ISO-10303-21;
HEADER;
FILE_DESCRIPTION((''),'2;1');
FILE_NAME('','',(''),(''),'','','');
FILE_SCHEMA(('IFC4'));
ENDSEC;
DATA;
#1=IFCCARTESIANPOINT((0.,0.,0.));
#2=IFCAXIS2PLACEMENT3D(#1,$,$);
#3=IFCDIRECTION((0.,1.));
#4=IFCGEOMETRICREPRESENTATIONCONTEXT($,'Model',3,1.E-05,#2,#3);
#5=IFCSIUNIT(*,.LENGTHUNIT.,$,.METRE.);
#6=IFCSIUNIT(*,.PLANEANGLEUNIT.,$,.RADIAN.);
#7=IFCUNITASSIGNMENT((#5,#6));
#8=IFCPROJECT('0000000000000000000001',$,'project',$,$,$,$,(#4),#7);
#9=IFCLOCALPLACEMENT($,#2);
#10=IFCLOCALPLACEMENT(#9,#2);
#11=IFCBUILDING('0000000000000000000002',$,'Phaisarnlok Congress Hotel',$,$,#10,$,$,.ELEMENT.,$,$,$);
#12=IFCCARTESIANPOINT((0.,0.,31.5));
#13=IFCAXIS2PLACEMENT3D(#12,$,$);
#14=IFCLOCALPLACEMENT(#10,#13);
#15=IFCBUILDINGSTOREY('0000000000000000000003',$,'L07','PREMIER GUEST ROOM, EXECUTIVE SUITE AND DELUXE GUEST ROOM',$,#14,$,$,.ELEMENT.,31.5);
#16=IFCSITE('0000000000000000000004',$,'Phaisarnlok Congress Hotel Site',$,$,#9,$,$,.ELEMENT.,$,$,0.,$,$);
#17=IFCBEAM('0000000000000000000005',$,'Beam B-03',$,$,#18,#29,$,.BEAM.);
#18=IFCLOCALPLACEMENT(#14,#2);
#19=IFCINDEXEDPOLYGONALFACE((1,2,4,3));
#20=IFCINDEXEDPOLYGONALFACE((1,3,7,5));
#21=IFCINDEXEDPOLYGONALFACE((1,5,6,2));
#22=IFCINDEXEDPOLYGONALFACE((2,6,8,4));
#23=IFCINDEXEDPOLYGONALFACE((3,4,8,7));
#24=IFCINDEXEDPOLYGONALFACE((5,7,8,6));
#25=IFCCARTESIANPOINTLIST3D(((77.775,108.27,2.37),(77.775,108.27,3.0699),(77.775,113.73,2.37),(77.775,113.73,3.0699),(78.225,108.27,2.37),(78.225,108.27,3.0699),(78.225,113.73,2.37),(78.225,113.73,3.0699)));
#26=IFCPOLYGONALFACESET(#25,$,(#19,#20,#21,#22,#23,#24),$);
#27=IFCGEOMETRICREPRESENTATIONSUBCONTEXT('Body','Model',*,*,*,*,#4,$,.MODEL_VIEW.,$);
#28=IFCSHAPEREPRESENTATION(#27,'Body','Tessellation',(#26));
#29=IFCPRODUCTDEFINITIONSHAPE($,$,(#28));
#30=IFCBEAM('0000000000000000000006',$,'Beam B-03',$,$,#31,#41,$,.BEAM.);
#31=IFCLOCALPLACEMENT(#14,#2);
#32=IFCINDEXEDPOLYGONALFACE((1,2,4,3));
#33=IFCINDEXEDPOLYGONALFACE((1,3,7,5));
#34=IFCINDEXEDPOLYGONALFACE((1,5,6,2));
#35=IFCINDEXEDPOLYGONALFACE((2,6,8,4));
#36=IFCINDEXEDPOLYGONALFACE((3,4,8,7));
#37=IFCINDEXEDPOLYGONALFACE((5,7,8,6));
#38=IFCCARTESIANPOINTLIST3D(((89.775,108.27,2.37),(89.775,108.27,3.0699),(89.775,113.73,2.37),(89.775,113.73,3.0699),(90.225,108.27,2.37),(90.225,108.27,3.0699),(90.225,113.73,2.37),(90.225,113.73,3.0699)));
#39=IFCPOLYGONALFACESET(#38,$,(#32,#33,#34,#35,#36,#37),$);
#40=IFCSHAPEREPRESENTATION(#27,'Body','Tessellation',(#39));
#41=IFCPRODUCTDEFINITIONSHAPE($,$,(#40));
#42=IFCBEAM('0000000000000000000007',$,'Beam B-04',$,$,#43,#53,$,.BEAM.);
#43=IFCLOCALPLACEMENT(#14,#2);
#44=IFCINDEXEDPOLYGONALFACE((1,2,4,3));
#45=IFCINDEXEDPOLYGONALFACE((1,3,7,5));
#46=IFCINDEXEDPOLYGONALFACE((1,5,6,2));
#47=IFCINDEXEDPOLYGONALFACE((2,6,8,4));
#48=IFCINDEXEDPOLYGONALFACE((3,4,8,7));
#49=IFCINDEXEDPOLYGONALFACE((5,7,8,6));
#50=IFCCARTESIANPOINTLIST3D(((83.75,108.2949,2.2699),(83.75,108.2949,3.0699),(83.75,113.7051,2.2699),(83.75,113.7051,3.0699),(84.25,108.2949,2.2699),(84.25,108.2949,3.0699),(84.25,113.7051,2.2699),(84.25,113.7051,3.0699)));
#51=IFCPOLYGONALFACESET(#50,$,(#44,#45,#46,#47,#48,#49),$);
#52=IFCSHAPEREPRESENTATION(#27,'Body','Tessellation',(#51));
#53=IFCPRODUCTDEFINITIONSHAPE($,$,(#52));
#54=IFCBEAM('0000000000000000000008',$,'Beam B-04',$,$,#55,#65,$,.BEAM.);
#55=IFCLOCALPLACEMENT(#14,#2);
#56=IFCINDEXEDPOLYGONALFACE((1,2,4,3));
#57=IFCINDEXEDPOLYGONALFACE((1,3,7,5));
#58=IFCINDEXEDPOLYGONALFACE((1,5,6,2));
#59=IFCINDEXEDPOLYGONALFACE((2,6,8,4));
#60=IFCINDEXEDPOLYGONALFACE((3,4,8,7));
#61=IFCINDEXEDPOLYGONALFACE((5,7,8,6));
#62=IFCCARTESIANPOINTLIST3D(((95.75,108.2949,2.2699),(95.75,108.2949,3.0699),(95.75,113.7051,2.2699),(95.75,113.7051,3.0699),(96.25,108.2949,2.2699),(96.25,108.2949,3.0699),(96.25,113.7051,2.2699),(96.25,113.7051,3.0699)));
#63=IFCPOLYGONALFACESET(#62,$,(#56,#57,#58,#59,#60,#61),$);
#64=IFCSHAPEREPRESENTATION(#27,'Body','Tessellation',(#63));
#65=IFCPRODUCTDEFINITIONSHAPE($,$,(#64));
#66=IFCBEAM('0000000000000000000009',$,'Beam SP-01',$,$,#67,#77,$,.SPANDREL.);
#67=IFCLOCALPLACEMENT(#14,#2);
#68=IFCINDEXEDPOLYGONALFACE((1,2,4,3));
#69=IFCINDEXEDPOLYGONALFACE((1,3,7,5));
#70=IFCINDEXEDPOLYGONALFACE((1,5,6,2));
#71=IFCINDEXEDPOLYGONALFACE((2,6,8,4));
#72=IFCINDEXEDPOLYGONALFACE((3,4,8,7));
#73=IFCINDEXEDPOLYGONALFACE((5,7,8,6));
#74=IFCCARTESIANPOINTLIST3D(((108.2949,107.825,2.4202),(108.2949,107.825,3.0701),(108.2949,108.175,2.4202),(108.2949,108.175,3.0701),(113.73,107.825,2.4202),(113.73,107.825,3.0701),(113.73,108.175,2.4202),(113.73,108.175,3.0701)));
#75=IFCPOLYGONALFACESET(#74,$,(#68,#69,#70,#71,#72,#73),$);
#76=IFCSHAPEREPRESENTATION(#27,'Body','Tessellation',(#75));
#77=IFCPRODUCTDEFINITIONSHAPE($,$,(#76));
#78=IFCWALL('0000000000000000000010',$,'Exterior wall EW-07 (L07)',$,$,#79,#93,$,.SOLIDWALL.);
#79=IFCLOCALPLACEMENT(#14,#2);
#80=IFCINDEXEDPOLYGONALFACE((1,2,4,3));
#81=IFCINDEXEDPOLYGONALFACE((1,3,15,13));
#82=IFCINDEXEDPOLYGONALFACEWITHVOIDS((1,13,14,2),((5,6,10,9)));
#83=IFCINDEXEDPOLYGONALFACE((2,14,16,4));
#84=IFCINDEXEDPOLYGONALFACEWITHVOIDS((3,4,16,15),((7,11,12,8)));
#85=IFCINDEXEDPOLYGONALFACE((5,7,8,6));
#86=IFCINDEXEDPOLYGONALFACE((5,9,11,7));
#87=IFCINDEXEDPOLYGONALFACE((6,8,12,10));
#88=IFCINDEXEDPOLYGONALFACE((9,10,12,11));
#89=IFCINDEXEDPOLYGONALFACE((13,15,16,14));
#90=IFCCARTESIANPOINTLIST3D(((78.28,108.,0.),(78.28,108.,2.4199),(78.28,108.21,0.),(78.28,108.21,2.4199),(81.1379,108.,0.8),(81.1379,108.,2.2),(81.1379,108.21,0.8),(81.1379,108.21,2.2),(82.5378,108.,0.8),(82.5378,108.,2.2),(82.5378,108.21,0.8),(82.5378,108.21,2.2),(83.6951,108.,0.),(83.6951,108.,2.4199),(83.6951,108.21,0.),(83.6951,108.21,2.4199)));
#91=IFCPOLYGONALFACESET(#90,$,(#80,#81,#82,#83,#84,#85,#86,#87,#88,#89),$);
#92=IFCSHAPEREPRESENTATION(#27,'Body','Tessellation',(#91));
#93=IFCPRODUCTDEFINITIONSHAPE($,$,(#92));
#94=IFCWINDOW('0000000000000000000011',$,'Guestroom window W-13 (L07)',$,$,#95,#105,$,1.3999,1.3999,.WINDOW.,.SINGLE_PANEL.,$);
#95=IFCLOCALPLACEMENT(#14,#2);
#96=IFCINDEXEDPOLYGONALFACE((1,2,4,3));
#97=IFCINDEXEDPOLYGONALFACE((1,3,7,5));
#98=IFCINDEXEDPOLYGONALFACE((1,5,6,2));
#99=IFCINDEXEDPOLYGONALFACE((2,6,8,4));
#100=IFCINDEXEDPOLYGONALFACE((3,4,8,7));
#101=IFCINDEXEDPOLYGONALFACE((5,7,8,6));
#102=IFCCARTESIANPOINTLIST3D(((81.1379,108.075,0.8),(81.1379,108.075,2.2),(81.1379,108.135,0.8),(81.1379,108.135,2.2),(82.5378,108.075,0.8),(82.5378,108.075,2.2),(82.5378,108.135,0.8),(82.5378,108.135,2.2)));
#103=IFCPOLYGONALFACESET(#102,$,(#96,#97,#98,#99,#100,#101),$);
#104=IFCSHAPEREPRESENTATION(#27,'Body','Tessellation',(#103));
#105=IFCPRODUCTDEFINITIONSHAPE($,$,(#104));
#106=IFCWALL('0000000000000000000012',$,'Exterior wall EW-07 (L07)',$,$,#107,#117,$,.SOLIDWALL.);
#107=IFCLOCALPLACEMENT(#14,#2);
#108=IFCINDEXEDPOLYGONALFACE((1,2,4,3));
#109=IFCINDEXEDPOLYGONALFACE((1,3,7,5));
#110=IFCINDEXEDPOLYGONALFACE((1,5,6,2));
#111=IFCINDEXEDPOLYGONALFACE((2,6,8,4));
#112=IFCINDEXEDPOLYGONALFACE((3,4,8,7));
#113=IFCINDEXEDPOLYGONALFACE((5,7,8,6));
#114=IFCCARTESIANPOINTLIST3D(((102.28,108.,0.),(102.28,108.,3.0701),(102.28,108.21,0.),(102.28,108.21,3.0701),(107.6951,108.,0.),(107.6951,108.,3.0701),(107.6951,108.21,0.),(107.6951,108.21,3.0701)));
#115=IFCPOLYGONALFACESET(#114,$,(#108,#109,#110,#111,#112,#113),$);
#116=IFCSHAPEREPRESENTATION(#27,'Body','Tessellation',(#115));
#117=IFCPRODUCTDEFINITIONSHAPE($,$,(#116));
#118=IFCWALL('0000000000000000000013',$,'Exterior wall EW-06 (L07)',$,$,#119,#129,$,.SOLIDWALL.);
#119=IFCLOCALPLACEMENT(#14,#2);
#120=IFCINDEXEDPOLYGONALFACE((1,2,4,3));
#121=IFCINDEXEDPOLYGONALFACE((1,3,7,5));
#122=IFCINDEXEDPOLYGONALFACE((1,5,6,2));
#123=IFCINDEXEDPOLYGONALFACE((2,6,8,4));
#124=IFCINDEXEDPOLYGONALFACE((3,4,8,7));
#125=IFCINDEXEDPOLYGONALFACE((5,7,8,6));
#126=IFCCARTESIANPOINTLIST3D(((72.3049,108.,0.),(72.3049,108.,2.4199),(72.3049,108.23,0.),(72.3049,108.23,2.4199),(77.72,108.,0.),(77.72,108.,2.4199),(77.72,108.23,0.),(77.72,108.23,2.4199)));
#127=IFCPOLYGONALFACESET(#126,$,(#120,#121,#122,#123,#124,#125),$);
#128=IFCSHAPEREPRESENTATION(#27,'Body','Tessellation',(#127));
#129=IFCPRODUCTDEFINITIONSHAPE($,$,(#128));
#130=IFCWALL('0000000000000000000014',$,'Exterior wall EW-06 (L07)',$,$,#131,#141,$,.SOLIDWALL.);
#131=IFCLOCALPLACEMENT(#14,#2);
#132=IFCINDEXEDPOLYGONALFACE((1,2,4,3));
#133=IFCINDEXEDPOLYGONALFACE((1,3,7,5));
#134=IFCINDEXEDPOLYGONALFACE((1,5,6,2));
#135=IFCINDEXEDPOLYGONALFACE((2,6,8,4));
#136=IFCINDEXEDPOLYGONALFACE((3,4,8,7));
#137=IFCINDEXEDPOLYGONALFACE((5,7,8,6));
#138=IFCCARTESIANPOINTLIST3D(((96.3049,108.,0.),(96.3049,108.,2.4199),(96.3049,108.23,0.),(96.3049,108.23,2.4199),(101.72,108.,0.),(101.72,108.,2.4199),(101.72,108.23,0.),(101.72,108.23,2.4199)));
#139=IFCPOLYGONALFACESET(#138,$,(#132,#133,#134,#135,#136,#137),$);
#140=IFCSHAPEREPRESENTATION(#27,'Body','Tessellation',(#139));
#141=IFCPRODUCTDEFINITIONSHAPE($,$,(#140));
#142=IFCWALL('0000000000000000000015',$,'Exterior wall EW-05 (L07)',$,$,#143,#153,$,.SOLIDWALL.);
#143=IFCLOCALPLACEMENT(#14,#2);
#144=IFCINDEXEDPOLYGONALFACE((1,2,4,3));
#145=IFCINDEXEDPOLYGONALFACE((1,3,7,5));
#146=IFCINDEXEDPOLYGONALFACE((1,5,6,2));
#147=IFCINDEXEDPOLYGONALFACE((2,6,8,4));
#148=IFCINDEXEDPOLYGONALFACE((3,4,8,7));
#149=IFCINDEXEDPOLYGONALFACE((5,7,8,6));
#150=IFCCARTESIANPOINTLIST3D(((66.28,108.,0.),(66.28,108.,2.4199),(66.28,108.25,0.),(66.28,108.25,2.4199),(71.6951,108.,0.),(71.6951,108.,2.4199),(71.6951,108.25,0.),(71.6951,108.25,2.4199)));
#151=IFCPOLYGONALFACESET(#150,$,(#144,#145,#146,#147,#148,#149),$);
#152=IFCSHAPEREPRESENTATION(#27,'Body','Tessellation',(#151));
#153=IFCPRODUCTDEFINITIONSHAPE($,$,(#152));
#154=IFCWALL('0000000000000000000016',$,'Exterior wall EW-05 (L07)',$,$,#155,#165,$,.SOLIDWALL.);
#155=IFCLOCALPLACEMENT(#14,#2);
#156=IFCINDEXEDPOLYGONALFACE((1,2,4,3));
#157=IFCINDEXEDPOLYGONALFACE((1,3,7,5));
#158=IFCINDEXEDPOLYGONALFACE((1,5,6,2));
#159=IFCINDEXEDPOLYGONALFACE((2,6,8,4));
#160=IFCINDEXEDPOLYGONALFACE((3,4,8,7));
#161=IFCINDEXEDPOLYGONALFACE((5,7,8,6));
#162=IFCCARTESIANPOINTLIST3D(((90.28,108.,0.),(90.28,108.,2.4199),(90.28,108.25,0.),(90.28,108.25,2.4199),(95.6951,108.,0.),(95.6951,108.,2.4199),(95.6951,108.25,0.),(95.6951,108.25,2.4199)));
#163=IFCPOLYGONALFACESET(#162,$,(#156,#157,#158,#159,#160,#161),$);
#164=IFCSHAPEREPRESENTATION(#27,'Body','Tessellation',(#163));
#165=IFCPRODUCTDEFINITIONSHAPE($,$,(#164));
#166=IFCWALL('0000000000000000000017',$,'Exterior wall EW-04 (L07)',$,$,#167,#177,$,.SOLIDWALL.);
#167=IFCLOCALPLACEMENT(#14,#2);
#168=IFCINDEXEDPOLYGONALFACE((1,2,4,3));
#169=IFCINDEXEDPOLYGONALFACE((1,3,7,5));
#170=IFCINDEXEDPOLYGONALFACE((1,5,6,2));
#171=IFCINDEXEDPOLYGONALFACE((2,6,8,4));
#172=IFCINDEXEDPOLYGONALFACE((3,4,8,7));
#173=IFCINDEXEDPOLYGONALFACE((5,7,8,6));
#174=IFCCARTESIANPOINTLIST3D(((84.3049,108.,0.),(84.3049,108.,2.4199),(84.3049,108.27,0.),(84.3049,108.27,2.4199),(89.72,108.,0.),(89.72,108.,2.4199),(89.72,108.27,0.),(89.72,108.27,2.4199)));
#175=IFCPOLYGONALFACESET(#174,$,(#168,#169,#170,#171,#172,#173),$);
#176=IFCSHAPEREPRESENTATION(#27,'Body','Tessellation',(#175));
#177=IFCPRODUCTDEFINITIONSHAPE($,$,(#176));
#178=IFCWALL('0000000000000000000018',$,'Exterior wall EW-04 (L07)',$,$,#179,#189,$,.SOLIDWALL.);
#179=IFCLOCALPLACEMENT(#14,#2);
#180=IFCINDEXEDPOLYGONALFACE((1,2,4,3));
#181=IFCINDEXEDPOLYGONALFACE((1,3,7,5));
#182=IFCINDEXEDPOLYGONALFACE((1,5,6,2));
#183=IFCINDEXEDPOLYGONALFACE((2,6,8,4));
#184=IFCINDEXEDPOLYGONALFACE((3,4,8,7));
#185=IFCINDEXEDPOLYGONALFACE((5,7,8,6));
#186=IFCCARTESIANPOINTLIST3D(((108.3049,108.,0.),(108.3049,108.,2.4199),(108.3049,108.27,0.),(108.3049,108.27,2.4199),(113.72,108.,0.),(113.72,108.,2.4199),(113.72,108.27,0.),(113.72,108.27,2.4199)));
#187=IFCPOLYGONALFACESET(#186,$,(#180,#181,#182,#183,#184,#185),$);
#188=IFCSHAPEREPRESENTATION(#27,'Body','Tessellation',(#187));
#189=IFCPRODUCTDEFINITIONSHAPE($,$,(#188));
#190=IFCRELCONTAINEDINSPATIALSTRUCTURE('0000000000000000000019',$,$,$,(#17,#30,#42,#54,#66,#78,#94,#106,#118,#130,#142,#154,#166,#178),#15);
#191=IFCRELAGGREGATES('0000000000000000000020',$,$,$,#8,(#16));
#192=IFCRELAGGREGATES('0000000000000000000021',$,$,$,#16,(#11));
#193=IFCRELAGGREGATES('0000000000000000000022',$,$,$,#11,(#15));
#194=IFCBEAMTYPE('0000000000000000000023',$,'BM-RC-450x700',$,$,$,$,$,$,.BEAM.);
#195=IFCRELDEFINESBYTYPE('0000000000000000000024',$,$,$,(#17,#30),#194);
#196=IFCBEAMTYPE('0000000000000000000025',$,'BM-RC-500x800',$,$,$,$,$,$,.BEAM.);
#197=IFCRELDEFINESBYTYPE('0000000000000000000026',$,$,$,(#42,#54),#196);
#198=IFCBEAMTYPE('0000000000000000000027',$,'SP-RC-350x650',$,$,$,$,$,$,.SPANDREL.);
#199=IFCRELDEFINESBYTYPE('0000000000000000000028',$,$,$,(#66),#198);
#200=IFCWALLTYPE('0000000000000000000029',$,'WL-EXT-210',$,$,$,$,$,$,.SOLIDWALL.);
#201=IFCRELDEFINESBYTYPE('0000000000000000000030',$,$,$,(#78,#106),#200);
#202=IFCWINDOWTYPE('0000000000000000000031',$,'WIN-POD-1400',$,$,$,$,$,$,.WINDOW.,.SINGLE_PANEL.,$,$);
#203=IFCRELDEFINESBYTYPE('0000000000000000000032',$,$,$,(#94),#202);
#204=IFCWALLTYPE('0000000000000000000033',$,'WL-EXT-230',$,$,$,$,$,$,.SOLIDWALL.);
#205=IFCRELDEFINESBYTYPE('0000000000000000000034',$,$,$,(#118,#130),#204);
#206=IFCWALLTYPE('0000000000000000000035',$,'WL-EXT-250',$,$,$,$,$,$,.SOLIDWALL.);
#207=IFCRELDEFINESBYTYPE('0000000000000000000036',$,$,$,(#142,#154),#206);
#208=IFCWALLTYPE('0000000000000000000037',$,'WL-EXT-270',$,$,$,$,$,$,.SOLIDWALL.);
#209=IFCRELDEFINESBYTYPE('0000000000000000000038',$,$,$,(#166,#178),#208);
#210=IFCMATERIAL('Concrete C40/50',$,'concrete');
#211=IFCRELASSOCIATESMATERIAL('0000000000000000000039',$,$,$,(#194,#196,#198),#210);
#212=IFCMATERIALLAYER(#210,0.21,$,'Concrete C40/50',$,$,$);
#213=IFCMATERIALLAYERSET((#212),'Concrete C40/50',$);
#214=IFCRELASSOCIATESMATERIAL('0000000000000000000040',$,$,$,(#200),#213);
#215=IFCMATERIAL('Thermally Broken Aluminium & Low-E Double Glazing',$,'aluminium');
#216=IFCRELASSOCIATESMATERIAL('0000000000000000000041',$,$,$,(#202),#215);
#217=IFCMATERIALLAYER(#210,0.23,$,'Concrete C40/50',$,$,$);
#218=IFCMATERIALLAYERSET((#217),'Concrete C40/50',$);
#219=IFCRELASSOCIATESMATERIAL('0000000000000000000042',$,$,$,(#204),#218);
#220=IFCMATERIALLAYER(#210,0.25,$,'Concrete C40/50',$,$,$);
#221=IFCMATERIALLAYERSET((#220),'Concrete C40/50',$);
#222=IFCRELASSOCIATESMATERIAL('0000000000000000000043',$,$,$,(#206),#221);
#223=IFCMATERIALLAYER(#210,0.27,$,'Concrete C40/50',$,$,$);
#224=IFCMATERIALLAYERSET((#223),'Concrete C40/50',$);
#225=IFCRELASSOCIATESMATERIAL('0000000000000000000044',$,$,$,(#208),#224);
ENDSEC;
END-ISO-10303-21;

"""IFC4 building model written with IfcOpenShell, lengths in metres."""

from ifc_helpers import new_model, si_unit, direction, frame, frame_2d, origin, origin_2d, place, context, subcontext, project, spatial, rectangle, extrude, material, layer, layer_set, material_profile, profile_set, type_object, element, fill, save


model = new_model("IFC4")

# Units and contexts
model_context = context("Model", 3, precision=1e-05, world=origin(), true_north=direction((0.0, 1.0)))
body_context = subcontext(model_context, "Body", "Model", "MODEL_VIEW")
ifc_project = project(units=[si_unit("LENGTHUNIT", "METRE"), si_unit("PLANEANGLEUNIT", "RADIAN")], contexts=[model_context])

# Site, building, storey
site_placement = place(None, origin())
site = spatial("IfcSite", under=ifc_project, at=site_placement, Name="Phaisarnlok Congress Hotel Site", CompositionType="ELEMENT", RefElevation=0.0)
building_placement = place(site_placement, origin())
building = spatial("IfcBuilding", under=site, at=building_placement, Name="Phaisarnlok Congress Hotel", CompositionType="ELEMENT")
storey_placement = place(building_placement, frame((0.0, 0.0, 31.5)))
storey = spatial("IfcBuildingStorey", under=building, at=storey_placement, Name="L07", Description="PREMIER GUEST ROOM, EXECUTIVE SUITE AND DELUXE GUEST ROOM", CompositionType="ELEMENT", Elevation=31.5)

# Beams
ifc_material_1 = material(Name="Concrete C40/50", Category="concrete")
ifc_material_profile_1 = material_profile(ifc_material_1, rectangle(XDim=0.45, YDim=0.7, at=origin_2d()), Name="RC 450x700")
ifc_profile_set_1 = profile_set([ifc_material_profile_1], Name="Concrete C40/50")
beam_type_1 = type_object("IfcBeamType", Name="BM-RC-450x700", PredefinedType="BEAM", material=ifc_profile_set_1)
for number, where, z_axis, x_axis, name in (
    (1, (78.0, 108.27, 2.72), (0.0, 1.0, 0.0), (-1.0, 0.0, 0.0), "Beam B-03"),
    (2, (90.0, 108.27, 2.72), (0.0, 1.0, 0.0), (-1.0, 0.0, 0.0), "Beam B-03"),
):
    element("IfcBeam", number, at=place(storey_placement, frame(where, z_axis=z_axis, x_axis=x_axis)), inside=storey, type_object=beam_type_1, Name=name, PredefinedType="BEAM", context=body_context, shape_type="SweptSolid", body=[
        extrude(rectangle(XDim=0.45, YDim=0.7, at=origin_2d()), origin(), (0.0, 0.0, 1.0), 5.46),
    ])
ifc_material_profile_2 = material_profile(ifc_material_1, rectangle(XDim=0.5, YDim=0.8, at=origin_2d()), Name="RC 500x800")
ifc_profile_set_2 = profile_set([ifc_material_profile_2], Name="Concrete C40/50")
beam_type_2 = type_object("IfcBeamType", Name="BM-RC-500x800", PredefinedType="BEAM", material=ifc_profile_set_2)
for number, where, z_axis, x_axis, name in (
    (3, (84.0, 108.2949, 2.6699), (0.0, 1.0, 0.0), (-1.0, 0.0, 0.0), "Beam B-04"),
    (4, (96.0, 108.2949, 2.6699), (0.0, 1.0, 0.0), (-1.0, 0.0, 0.0), "Beam B-04"),
):
    element("IfcBeam", number, at=place(storey_placement, frame(where, z_axis=z_axis, x_axis=x_axis)), inside=storey, type_object=beam_type_2, Name=name, PredefinedType="BEAM", context=body_context, shape_type="SweptSolid", body=[
        extrude(rectangle(XDim=0.5, YDim=0.8, at=origin_2d()), origin(), (0.0, 0.0, 1.0), 5.4102),
    ])
ifc_material_profile_3 = material_profile(ifc_material_1, rectangle(XDim=0.3501, YDim=0.6499, at=origin_2d()), Name="RC 350x650")
ifc_profile_set_3 = profile_set([ifc_material_profile_3], Name="Concrete C40/50")
beam_type_3 = type_object("IfcBeamType", Name="SP-RC-350x650", PredefinedType="SPANDREL", material=ifc_profile_set_3)
beam_placement = place(storey_placement, frame((108.2949, 108.0, 2.7451), z_axis=(1.0, 0.0, 0.0), x_axis=(0.0, 1.0, 0.0)))
element("IfcBeam", 5, at=beam_placement, inside=storey, type_object=beam_type_3, Name="Beam SP-01", PredefinedType="SPANDREL", context=body_context, shape_type="SweptSolid", body=[
    extrude(rectangle(XDim=0.3501, YDim=0.6499, at=origin_2d()), origin(), (0.0, 0.0, 1.0), 5.4351),
])

# Wall, opening, window
ifc_layer_1 = layer(ifc_material_1, 0.21, Name="Concrete C40/50")
ifc_layer_set_1 = layer_set([ifc_layer_1], Name="Concrete C40/50")
wall_type_1 = type_object("IfcWallType", Name="WL-EXT-210", PredefinedType="SOLIDWALL", material=ifc_layer_set_1)
wall_1_placement = place(storey_placement, frame((78.28, 108.105, 0.0), z_axis=(0.0, 0.0, 1.0), x_axis=(1.0, 0.0, 0.0)))
wall_1 = element("IfcWall", 6, at=wall_1_placement, inside=storey, type_object=wall_type_1, Name="Exterior wall EW-07 (L07)", PredefinedType="SOLIDWALL", context=body_context, shape_type="SweptSolid", body=[
    extrude(rectangle(XDim=5.415, YDim=0.21, at=frame_2d((2.7075, 0.0))), origin(), (0.0, 0.0, 1.0), 2.4199),
])
opening_placement = place(wall_1_placement, frame((2.8579, 0.0, 0.8)))
opening = element("IfcOpeningElement", 7, at=opening_placement, cuts=wall_1, PredefinedType="OPENING", context=body_context, shape_type="SweptSolid", body=[
    extrude(rectangle(XDim=1.3999, YDim=1.3999, at=frame_2d((0.7, 0.7))), frame((0.0, 0.115, 0.0), z_axis=(0.0, -1.0, 0.0), x_axis=(1.0, 0.0, 0.0)), (0.0, 0.0, 1.0), 0.23),
])
ifc_material_2 = material(Name="Thermally Broken Aluminium & Low-E Double Glazing", Category="aluminium")
window_type = type_object("IfcWindowType", Name="WIN-POD-1400", PartitioningType="SINGLE_PANEL", PredefinedType="WINDOW", material=ifc_material_2)
window_placement = place(opening_placement, origin())
window = element("IfcWindow", 8, at=window_placement, inside=storey, type_object=window_type, Name="Guestroom window W-13 (L07)", OverallHeight=1.3999, OverallWidth=1.3999, PartitioningType="SINGLE_PANEL", PredefinedType="WINDOW", context=body_context, shape_type="SweptSolid", body=[
    extrude(rectangle(XDim=1.3999, YDim=1.3999, at=frame_2d((0.7, 0.7))), frame((0.0, 0.03, 0.0), z_axis=(0.0, -1.0, 0.0), x_axis=(1.0, 0.0, 0.0)), (0.0, 0.0, 1.0), 0.0601),
])
fill(opening, window)

# Walls
wall_2_placement = place(storey_placement, frame((102.28, 108.105, 0.0), z_axis=(0.0, 0.0, 1.0), x_axis=(1.0, 0.0, 0.0)))
element("IfcWall", 9, at=wall_2_placement, inside=storey, type_object=wall_type_1, Name="Exterior wall EW-07 (L07)", PredefinedType="SOLIDWALL", context=body_context, shape_type="SweptSolid", body=[
    extrude(rectangle(XDim=5.415, YDim=0.21, at=frame_2d((2.7075, 0.0))), origin(), (0.0, 0.0, 1.0), 3.0701),
])
ifc_layer_2 = layer(ifc_material_1, 0.23, Name="Concrete C40/50")
ifc_layer_set_2 = layer_set([ifc_layer_2], Name="Concrete C40/50")
wall_type_2 = type_object("IfcWallType", Name="WL-EXT-230", PredefinedType="SOLIDWALL", material=ifc_layer_set_2)
for number, where, z_axis, x_axis, name in (
    (10, (72.3049, 108.115, 0.0), (0.0, 0.0, 1.0), (1.0, 0.0, 0.0), "Exterior wall EW-06 (L07)"),
    (11, (96.3049, 108.115, 0.0), (0.0, 0.0, 1.0), (1.0, 0.0, 0.0), "Exterior wall EW-06 (L07)"),
):
    element("IfcWall", number, at=place(storey_placement, frame(where, z_axis=z_axis, x_axis=x_axis)), inside=storey, type_object=wall_type_2, Name=name, PredefinedType="SOLIDWALL", context=body_context, shape_type="SweptSolid", body=[
        extrude(rectangle(XDim=5.415, YDim=0.23, at=frame_2d((2.7075, 0.0))), origin(), (0.0, 0.0, 1.0), 2.4199),
    ])
ifc_layer_3 = layer(ifc_material_1, 0.25, Name="Concrete C40/50")
ifc_layer_set_3 = layer_set([ifc_layer_3], Name="Concrete C40/50")
wall_type_3 = type_object("IfcWallType", Name="WL-EXT-250", PredefinedType="SOLIDWALL", material=ifc_layer_set_3)
for number, where, z_axis, x_axis, name in (
    (12, (66.28, 108.125, 0.0), (0.0, 0.0, 1.0), (1.0, 0.0, 0.0), "Exterior wall EW-05 (L07)"),
    (13, (90.28, 108.125, 0.0), (0.0, 0.0, 1.0), (1.0, 0.0, 0.0), "Exterior wall EW-05 (L07)"),
):
    element("IfcWall", number, at=place(storey_placement, frame(where, z_axis=z_axis, x_axis=x_axis)), inside=storey, type_object=wall_type_3, Name=name, PredefinedType="SOLIDWALL", context=body_context, shape_type="SweptSolid", body=[
        extrude(rectangle(XDim=5.415, YDim=0.25, at=frame_2d((2.7075, 0.0))), origin(), (0.0, 0.0, 1.0), 2.4199),
    ])
ifc_layer_4 = layer(ifc_material_1, 0.27, Name="Concrete C40/50")
ifc_layer_set_4 = layer_set([ifc_layer_4], Name="Concrete C40/50")
wall_type_4 = type_object("IfcWallType", Name="WL-EXT-270", PredefinedType="SOLIDWALL", material=ifc_layer_set_4)
for number, where, z_axis, x_axis, name in (
    (14, (84.3049, 108.135, 0.0), (0.0, 0.0, 1.0), (1.0, 0.0, 0.0), "Exterior wall EW-04 (L07)"),
    (15, (108.3049, 108.135, 0.0), (0.0, 0.0, 1.0), (1.0, 0.0, 0.0), "Exterior wall EW-04 (L07)"),
):
    element("IfcWall", number, at=place(storey_placement, frame(where, z_axis=z_axis, x_axis=x_axis)), inside=storey, type_object=wall_type_4, Name=name, PredefinedType="SOLIDWALL", context=body_context, shape_type="SweptSolid", body=[
        extrude(rectangle(XDim=5.415, YDim=0.27, at=frame_2d((2.7075, 0.0))), origin(), (0.0, 0.0, 1.0), 2.4199),
    ])

save(model, "model.ifc")
